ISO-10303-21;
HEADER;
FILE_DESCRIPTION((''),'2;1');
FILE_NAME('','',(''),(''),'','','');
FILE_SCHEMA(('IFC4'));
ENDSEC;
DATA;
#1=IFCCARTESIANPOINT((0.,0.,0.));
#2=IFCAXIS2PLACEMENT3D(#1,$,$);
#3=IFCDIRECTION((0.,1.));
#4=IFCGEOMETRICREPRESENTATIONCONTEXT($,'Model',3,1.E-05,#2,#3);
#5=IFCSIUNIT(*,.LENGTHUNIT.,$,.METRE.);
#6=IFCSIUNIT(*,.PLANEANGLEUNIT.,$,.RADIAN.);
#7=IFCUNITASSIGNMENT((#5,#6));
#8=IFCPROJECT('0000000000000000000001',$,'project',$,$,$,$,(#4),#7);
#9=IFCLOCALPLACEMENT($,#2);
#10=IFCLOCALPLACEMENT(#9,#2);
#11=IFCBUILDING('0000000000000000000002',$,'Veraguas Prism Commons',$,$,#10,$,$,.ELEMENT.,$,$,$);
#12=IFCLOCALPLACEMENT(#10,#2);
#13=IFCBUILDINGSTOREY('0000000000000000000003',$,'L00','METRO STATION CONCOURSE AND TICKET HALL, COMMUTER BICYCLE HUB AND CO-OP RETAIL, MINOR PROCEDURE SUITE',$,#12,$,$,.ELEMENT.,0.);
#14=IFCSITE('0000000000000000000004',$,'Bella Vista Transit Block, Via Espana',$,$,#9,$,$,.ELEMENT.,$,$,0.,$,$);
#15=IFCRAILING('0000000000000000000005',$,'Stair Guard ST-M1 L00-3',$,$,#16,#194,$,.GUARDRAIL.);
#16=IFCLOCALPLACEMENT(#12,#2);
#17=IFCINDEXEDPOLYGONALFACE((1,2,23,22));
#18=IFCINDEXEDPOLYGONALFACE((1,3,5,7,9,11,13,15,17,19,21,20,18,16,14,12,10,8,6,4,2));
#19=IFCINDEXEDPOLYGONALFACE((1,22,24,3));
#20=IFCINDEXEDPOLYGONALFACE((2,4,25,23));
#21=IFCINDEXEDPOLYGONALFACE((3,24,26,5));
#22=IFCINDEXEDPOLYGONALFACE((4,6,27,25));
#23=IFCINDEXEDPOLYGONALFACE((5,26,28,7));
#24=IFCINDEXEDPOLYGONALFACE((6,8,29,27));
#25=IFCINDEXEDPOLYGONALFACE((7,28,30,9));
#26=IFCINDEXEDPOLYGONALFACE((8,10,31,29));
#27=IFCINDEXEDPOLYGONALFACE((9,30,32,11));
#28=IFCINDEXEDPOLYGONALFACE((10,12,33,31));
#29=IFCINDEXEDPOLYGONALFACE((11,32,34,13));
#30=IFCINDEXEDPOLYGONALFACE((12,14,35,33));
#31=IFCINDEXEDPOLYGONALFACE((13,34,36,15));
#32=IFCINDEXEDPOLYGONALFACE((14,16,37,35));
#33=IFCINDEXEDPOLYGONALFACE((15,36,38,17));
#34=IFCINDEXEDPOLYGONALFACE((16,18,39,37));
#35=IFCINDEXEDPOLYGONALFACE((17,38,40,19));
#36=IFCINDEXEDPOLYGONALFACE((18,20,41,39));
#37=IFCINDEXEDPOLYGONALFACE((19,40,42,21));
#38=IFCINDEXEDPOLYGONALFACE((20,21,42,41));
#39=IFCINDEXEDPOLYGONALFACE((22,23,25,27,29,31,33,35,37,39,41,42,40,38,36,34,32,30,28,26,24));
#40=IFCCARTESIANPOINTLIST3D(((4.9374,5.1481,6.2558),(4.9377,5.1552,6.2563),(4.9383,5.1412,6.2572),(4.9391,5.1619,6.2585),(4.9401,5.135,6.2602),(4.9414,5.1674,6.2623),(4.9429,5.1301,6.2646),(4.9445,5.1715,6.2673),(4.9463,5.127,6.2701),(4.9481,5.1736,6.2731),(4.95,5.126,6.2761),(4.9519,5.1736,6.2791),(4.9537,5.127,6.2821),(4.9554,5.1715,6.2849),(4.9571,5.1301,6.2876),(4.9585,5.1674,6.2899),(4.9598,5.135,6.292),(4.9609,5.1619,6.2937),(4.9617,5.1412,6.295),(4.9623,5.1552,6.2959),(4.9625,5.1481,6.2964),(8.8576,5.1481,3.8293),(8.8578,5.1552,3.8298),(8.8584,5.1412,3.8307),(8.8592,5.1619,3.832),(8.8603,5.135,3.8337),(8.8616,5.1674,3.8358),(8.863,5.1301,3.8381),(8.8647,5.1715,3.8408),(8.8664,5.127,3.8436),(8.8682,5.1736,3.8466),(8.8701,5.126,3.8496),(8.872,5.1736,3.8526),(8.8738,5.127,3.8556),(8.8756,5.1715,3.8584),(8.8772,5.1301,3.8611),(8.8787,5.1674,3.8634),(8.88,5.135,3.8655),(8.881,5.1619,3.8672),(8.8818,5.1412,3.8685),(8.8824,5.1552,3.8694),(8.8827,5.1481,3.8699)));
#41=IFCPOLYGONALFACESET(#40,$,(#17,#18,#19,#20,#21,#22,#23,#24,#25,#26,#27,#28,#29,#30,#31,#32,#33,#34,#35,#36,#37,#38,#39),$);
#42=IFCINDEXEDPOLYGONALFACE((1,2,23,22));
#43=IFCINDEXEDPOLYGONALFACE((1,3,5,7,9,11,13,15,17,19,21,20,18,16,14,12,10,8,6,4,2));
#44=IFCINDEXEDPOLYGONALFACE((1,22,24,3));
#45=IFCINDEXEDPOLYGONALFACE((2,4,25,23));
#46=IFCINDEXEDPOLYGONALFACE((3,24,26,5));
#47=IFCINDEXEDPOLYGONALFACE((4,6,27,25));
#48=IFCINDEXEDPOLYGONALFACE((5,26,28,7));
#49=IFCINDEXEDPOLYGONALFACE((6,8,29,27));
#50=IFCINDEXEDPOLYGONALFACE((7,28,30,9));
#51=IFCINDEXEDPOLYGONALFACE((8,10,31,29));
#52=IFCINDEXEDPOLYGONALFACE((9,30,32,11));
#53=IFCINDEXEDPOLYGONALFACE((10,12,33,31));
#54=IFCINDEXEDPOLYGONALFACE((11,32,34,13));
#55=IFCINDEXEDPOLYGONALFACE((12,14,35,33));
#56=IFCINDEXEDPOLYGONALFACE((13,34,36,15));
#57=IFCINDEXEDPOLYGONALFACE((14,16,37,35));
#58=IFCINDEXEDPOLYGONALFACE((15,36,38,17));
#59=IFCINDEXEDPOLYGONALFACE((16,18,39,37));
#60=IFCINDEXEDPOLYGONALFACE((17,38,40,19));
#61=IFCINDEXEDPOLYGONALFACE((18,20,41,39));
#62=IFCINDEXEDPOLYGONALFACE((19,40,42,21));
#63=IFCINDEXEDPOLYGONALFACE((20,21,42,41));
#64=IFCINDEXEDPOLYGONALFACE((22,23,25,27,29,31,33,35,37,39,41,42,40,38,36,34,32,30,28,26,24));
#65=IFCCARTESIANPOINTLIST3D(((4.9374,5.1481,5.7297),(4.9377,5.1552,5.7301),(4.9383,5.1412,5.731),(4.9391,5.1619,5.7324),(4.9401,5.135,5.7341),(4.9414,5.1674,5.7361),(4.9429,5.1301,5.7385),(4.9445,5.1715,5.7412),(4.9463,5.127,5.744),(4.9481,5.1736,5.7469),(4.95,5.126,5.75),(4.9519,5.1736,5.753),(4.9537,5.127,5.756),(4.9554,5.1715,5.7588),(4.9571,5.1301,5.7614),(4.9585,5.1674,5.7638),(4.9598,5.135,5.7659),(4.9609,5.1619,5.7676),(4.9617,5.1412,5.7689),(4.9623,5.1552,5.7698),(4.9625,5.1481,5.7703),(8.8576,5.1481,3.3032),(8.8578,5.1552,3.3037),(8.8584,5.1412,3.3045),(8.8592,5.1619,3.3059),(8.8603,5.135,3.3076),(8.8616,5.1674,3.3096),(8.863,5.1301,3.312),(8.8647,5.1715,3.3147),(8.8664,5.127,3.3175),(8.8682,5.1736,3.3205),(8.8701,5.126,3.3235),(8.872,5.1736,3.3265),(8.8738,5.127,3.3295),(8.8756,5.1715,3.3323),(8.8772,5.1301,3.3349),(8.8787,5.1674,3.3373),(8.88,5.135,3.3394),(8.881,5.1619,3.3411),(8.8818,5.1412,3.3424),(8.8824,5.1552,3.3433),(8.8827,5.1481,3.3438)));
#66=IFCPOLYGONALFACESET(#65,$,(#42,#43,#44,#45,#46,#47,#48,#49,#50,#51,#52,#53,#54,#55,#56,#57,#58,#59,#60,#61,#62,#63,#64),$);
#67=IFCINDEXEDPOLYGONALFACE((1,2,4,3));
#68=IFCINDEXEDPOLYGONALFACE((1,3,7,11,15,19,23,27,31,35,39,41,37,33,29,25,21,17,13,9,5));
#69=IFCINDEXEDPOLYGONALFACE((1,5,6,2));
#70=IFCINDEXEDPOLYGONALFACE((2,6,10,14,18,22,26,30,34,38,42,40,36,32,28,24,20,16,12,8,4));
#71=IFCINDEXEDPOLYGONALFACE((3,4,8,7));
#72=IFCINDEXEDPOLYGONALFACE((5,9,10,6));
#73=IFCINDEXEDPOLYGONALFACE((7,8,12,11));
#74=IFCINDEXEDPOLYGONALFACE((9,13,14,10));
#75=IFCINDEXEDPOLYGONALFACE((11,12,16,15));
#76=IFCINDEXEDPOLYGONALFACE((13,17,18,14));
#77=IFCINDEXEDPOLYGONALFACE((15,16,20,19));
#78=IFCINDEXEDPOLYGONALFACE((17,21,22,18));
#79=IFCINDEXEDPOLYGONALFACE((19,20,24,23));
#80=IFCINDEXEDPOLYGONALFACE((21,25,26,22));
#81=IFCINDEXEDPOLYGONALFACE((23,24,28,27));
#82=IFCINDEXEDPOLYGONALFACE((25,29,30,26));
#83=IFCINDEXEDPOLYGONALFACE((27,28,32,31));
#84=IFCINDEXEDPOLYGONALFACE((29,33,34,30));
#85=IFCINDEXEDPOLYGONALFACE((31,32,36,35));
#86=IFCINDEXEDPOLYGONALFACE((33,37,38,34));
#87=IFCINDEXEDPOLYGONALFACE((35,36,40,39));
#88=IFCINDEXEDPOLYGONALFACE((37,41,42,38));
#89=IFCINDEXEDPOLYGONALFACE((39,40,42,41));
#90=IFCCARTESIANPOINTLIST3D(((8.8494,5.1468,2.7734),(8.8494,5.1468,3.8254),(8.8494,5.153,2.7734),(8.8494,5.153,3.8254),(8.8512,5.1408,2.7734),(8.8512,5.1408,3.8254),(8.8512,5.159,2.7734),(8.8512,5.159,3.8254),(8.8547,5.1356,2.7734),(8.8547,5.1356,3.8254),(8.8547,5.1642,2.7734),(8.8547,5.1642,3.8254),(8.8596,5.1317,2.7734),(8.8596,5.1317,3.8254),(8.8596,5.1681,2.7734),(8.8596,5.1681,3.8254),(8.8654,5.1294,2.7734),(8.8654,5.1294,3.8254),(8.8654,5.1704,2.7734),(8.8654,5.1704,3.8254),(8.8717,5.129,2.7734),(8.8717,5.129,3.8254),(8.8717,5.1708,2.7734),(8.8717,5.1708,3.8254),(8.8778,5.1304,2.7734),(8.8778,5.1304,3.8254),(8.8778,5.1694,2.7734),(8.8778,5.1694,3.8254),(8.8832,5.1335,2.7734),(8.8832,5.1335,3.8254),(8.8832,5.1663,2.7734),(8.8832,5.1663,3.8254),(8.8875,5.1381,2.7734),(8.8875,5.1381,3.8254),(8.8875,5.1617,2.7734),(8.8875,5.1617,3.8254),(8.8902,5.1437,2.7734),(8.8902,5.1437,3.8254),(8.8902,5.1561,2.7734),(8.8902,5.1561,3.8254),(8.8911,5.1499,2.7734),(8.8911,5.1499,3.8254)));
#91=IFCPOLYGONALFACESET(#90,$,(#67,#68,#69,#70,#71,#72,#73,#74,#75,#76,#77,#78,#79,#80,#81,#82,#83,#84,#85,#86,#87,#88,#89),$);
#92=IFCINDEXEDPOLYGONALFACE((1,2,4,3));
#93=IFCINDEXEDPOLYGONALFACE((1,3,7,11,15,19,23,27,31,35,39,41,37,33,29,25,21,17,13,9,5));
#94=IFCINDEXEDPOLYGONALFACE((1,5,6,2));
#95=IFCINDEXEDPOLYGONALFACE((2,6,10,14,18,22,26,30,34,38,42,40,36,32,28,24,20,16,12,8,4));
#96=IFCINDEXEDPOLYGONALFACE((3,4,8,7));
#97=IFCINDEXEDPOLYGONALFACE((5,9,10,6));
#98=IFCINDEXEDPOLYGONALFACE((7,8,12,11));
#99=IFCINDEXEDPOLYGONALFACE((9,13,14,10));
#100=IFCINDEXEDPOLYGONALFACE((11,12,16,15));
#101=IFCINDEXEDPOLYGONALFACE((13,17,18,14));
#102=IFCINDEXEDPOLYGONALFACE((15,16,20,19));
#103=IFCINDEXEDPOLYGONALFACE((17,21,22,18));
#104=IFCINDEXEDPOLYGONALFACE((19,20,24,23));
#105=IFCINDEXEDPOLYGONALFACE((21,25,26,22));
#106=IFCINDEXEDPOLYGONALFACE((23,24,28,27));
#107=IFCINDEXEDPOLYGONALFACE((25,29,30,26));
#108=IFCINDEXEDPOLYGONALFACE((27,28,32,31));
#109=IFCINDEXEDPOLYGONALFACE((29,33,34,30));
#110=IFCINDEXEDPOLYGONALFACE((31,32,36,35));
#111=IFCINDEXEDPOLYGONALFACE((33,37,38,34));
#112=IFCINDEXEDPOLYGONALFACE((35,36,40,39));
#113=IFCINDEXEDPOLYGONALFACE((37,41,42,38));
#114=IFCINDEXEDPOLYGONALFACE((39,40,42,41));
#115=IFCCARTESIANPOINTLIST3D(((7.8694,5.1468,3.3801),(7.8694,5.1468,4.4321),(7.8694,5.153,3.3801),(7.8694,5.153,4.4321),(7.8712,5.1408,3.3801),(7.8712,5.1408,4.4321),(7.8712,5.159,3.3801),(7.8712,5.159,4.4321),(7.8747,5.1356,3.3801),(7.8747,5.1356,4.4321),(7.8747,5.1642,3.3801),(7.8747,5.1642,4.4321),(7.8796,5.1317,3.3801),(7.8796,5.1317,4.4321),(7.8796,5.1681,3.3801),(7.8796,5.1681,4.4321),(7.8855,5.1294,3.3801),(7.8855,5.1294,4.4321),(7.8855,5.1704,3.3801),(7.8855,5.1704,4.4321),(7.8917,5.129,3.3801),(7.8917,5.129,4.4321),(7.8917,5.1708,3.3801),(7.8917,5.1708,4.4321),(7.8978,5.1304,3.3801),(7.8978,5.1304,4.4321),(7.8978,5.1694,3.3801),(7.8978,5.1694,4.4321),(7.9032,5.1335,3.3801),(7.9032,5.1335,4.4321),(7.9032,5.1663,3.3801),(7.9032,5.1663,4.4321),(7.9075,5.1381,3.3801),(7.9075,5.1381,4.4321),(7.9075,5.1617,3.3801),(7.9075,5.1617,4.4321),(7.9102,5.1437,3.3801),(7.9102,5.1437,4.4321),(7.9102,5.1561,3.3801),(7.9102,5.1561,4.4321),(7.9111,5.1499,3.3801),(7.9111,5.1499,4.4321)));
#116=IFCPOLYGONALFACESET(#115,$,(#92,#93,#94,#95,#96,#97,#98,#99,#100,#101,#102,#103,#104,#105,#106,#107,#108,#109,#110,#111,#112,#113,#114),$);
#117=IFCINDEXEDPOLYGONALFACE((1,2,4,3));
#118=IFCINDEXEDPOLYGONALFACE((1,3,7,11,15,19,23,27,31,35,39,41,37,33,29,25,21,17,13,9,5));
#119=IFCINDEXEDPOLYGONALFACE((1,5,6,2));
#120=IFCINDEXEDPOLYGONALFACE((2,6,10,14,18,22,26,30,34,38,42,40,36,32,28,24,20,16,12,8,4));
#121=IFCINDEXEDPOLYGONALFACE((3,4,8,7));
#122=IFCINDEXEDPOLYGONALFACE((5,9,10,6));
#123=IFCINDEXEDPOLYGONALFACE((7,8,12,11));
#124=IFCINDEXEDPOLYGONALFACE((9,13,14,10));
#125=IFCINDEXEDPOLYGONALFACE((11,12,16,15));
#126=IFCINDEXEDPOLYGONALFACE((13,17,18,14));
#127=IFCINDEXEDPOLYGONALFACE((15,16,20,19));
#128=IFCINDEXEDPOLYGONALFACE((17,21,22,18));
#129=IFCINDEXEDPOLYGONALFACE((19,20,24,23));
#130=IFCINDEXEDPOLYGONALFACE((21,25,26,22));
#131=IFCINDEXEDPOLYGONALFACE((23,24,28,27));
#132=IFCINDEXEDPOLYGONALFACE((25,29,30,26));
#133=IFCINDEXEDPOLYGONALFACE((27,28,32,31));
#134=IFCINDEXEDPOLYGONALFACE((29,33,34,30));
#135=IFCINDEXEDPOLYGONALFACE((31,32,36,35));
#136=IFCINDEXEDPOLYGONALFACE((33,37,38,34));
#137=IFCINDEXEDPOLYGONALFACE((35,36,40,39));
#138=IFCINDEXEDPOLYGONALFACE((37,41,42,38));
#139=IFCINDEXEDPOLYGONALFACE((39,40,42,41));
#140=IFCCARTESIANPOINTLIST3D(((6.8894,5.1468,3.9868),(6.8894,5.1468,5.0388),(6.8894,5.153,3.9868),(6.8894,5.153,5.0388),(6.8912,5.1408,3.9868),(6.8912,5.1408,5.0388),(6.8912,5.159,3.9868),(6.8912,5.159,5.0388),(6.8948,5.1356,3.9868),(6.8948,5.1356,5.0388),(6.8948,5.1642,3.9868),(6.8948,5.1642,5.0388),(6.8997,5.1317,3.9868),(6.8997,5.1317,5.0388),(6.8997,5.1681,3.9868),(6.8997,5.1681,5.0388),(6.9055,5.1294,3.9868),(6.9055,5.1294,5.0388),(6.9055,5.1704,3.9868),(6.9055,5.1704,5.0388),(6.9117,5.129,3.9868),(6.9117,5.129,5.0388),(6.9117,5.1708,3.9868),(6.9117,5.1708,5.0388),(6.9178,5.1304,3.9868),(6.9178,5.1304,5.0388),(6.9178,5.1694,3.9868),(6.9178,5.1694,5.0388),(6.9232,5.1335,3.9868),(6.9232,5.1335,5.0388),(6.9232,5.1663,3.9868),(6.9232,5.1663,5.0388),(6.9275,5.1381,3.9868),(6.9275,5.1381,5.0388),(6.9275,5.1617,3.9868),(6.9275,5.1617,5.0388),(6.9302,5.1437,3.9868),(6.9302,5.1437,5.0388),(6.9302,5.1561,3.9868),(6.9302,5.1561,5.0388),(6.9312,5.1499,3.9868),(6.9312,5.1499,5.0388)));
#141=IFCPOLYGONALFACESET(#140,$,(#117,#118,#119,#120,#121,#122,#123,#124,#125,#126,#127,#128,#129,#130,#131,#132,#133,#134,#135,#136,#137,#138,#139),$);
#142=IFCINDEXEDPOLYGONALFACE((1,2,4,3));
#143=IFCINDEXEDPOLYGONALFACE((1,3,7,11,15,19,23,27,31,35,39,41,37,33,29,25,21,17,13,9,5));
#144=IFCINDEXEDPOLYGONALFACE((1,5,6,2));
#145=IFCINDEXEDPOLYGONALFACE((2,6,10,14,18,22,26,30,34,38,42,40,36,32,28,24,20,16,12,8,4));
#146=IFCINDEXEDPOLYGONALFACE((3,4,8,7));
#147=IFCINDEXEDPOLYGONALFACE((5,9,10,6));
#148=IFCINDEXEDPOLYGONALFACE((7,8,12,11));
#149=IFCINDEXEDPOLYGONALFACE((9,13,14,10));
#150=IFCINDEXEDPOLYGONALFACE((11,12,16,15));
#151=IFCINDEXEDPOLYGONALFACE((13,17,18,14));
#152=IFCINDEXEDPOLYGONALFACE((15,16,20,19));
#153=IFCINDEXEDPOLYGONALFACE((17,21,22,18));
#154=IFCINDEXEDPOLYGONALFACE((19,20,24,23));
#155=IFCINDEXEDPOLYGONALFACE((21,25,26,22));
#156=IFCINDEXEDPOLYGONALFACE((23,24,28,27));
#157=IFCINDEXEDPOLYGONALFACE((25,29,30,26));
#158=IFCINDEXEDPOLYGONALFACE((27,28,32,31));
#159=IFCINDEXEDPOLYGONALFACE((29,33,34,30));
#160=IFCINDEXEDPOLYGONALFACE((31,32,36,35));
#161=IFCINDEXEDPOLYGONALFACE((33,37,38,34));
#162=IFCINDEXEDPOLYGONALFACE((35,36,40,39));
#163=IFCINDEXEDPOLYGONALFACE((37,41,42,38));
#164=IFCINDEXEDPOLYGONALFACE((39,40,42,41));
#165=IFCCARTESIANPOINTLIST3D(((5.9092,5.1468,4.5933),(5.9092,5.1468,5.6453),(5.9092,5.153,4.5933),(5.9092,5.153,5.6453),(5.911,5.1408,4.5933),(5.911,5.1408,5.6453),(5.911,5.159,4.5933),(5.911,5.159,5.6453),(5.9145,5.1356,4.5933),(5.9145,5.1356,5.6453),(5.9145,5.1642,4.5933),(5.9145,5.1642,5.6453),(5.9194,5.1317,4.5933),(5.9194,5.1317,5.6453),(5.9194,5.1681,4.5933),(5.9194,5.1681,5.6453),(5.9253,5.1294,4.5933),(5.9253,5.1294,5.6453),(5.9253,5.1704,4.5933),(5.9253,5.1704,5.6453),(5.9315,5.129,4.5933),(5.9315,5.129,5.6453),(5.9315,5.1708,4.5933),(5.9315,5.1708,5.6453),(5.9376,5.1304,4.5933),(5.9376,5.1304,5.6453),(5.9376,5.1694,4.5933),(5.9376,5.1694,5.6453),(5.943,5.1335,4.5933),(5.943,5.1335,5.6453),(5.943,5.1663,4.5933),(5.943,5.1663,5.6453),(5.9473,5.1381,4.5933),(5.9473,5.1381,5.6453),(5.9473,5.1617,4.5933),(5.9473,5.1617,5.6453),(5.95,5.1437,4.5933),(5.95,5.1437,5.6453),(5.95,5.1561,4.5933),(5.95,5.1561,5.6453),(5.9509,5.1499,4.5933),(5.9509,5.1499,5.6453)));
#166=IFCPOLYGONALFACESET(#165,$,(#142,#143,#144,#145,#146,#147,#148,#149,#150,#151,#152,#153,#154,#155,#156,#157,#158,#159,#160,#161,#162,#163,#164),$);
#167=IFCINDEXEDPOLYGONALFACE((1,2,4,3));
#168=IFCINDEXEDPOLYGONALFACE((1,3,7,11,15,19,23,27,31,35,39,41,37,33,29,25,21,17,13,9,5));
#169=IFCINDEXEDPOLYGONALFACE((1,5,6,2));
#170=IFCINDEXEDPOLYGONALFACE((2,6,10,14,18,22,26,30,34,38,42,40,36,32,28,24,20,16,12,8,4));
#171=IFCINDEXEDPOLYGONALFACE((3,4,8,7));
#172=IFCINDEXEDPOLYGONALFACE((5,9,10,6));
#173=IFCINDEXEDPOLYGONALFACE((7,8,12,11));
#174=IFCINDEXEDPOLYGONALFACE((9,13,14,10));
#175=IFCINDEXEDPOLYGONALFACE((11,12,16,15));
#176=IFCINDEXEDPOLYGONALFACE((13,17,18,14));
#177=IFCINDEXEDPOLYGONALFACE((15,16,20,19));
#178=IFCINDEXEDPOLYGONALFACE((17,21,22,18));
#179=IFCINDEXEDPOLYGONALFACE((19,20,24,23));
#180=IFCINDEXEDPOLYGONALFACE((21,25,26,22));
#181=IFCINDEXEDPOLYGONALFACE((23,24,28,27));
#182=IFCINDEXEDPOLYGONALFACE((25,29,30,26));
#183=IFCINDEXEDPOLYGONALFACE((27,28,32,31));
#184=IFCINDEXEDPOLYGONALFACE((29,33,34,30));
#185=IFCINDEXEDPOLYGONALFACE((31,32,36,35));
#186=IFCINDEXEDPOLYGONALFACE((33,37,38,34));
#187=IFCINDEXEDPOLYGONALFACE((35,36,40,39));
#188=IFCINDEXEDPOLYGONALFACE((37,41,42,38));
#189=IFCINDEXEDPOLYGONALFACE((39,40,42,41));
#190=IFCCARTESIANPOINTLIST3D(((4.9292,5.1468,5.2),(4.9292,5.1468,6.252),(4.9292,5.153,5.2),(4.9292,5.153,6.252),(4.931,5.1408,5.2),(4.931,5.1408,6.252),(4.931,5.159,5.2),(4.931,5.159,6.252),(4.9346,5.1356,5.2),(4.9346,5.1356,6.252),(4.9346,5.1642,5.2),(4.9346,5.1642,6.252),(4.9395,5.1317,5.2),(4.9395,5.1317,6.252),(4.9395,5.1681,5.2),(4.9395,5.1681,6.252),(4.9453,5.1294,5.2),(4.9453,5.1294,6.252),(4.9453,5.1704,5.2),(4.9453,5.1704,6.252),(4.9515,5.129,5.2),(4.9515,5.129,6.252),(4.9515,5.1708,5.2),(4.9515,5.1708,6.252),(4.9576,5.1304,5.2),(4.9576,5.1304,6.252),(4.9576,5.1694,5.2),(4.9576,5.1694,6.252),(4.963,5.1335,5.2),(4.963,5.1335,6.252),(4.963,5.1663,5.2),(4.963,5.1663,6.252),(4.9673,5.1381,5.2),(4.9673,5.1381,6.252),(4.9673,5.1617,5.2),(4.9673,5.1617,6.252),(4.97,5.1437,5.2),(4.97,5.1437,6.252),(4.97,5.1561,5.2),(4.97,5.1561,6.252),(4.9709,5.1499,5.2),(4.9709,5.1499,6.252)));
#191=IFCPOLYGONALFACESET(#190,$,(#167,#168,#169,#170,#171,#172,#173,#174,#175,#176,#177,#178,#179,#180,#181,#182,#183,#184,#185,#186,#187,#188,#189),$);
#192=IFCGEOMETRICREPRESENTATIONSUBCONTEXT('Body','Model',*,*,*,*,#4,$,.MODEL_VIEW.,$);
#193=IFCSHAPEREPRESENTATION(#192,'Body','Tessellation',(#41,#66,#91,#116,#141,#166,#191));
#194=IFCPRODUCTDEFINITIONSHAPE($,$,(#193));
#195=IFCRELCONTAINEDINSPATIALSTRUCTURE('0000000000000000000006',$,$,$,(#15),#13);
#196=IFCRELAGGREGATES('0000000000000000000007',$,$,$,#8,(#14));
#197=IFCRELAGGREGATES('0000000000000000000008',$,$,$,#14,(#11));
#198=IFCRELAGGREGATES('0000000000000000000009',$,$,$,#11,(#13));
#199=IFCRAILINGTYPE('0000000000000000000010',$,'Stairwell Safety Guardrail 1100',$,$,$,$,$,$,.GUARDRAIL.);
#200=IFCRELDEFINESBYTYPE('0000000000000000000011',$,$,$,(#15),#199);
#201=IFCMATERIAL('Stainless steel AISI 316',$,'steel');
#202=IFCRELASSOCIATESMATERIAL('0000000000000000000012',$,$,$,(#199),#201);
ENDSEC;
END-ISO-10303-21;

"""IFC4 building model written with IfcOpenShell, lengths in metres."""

from ifc_helpers import new_model, si_unit, direction, frame, origin, origin_2d, place, context, subcontext, project, spatial, circle, extrude, material, type_object, element, save


model = new_model("IFC4")

# Units and contexts
model_context = context("Model", 3, precision=1e-05, world=origin(), true_north=direction((0.0, 1.0)))
body_context = subcontext(model_context, "Body", "Model", "MODEL_VIEW")
ifc_project = project(units=[si_unit("LENGTHUNIT", "METRE"), si_unit("PLANEANGLEUNIT", "RADIAN")], contexts=[model_context])

# Site, building, storey
site_placement = place(None, origin())
site = spatial("IfcSite", under=ifc_project, at=site_placement, Name="Bella Vista Transit Block, Via Espana", CompositionType="ELEMENT", RefElevation=0.0)
building_placement = place(site_placement, origin())
building = spatial("IfcBuilding", under=site, at=building_placement, Name="Veraguas Prism Commons", CompositionType="ELEMENT")
storey_placement = place(building_placement, origin())
storey = spatial("IfcBuildingStorey", under=building, at=storey_placement, Name="L00", Description="METRO STATION CONCOURSE AND TICKET HALL, COMMUTER BICYCLE HUB AND CO-OP RETAIL, MINOR PROCEDURE SUITE", CompositionType="ELEMENT", Elevation=0.0)

# Railing
ifc_material_1 = material(Name="Stainless steel AISI 316", Category="steel")
railing_type_1 = type_object("IfcRailingType", Name="Stairwell Safety Guardrail 1100", PredefinedType="GUARDRAIL", material=ifc_material_1)
railing_1_placement = place(storey_placement, frame((8.8701, 5.1499, 2.7734)))
element("IfcRailing", 1, at=railing_1_placement, inside=storey, type_object=railing_type_1, Name="Stair Guard ST-M1 L00-3", PredefinedType="GUARDRAIL", context=body_context, shape_type="SweptSolid", body=[
    extrude(circle(Radius=0.0239, at=origin_2d()), frame((0.0, 0.0, 1.0762), z_axis=(-0.85029, 0.0, 0.526315), x_axis=(0.0, -1.0, 0.0)), (0.0, 0.0, 1.0), 4.6104),
    extrude(circle(Radius=0.0239, at=origin_2d()), frame((0.0, 0.0, 0.55), z_axis=(-0.85029, 0.0, 0.526315), x_axis=(0.0, -1.0, 0.0)), (0.0, 0.0, 1.0), 4.6104),
    extrude(circle(Radius=0.021, at=origin_2d()), origin(), (0.0, 0.0, 1.0), 1.052),
    extrude(circle(Radius=0.021, at=origin_2d()), frame((-0.98, 0.0, 0.6067)), (0.0, 0.0, 1.0), 1.052),
    extrude(circle(Radius=0.021, at=origin_2d()), frame((-1.96, 0.0, 1.2134)), (0.0, 0.0, 1.0), 1.052),
    extrude(circle(Radius=0.021, at=origin_2d()), frame((-2.9402, 0.0, 1.8198)), (0.0, 0.0, 1.0), 1.052),
    extrude(circle(Radius=0.021, at=origin_2d()), frame((-3.9202, 0.0, 2.4265)), (0.0, 0.0, 1.0), 1.052),
])

save(model, "model.ifc")
